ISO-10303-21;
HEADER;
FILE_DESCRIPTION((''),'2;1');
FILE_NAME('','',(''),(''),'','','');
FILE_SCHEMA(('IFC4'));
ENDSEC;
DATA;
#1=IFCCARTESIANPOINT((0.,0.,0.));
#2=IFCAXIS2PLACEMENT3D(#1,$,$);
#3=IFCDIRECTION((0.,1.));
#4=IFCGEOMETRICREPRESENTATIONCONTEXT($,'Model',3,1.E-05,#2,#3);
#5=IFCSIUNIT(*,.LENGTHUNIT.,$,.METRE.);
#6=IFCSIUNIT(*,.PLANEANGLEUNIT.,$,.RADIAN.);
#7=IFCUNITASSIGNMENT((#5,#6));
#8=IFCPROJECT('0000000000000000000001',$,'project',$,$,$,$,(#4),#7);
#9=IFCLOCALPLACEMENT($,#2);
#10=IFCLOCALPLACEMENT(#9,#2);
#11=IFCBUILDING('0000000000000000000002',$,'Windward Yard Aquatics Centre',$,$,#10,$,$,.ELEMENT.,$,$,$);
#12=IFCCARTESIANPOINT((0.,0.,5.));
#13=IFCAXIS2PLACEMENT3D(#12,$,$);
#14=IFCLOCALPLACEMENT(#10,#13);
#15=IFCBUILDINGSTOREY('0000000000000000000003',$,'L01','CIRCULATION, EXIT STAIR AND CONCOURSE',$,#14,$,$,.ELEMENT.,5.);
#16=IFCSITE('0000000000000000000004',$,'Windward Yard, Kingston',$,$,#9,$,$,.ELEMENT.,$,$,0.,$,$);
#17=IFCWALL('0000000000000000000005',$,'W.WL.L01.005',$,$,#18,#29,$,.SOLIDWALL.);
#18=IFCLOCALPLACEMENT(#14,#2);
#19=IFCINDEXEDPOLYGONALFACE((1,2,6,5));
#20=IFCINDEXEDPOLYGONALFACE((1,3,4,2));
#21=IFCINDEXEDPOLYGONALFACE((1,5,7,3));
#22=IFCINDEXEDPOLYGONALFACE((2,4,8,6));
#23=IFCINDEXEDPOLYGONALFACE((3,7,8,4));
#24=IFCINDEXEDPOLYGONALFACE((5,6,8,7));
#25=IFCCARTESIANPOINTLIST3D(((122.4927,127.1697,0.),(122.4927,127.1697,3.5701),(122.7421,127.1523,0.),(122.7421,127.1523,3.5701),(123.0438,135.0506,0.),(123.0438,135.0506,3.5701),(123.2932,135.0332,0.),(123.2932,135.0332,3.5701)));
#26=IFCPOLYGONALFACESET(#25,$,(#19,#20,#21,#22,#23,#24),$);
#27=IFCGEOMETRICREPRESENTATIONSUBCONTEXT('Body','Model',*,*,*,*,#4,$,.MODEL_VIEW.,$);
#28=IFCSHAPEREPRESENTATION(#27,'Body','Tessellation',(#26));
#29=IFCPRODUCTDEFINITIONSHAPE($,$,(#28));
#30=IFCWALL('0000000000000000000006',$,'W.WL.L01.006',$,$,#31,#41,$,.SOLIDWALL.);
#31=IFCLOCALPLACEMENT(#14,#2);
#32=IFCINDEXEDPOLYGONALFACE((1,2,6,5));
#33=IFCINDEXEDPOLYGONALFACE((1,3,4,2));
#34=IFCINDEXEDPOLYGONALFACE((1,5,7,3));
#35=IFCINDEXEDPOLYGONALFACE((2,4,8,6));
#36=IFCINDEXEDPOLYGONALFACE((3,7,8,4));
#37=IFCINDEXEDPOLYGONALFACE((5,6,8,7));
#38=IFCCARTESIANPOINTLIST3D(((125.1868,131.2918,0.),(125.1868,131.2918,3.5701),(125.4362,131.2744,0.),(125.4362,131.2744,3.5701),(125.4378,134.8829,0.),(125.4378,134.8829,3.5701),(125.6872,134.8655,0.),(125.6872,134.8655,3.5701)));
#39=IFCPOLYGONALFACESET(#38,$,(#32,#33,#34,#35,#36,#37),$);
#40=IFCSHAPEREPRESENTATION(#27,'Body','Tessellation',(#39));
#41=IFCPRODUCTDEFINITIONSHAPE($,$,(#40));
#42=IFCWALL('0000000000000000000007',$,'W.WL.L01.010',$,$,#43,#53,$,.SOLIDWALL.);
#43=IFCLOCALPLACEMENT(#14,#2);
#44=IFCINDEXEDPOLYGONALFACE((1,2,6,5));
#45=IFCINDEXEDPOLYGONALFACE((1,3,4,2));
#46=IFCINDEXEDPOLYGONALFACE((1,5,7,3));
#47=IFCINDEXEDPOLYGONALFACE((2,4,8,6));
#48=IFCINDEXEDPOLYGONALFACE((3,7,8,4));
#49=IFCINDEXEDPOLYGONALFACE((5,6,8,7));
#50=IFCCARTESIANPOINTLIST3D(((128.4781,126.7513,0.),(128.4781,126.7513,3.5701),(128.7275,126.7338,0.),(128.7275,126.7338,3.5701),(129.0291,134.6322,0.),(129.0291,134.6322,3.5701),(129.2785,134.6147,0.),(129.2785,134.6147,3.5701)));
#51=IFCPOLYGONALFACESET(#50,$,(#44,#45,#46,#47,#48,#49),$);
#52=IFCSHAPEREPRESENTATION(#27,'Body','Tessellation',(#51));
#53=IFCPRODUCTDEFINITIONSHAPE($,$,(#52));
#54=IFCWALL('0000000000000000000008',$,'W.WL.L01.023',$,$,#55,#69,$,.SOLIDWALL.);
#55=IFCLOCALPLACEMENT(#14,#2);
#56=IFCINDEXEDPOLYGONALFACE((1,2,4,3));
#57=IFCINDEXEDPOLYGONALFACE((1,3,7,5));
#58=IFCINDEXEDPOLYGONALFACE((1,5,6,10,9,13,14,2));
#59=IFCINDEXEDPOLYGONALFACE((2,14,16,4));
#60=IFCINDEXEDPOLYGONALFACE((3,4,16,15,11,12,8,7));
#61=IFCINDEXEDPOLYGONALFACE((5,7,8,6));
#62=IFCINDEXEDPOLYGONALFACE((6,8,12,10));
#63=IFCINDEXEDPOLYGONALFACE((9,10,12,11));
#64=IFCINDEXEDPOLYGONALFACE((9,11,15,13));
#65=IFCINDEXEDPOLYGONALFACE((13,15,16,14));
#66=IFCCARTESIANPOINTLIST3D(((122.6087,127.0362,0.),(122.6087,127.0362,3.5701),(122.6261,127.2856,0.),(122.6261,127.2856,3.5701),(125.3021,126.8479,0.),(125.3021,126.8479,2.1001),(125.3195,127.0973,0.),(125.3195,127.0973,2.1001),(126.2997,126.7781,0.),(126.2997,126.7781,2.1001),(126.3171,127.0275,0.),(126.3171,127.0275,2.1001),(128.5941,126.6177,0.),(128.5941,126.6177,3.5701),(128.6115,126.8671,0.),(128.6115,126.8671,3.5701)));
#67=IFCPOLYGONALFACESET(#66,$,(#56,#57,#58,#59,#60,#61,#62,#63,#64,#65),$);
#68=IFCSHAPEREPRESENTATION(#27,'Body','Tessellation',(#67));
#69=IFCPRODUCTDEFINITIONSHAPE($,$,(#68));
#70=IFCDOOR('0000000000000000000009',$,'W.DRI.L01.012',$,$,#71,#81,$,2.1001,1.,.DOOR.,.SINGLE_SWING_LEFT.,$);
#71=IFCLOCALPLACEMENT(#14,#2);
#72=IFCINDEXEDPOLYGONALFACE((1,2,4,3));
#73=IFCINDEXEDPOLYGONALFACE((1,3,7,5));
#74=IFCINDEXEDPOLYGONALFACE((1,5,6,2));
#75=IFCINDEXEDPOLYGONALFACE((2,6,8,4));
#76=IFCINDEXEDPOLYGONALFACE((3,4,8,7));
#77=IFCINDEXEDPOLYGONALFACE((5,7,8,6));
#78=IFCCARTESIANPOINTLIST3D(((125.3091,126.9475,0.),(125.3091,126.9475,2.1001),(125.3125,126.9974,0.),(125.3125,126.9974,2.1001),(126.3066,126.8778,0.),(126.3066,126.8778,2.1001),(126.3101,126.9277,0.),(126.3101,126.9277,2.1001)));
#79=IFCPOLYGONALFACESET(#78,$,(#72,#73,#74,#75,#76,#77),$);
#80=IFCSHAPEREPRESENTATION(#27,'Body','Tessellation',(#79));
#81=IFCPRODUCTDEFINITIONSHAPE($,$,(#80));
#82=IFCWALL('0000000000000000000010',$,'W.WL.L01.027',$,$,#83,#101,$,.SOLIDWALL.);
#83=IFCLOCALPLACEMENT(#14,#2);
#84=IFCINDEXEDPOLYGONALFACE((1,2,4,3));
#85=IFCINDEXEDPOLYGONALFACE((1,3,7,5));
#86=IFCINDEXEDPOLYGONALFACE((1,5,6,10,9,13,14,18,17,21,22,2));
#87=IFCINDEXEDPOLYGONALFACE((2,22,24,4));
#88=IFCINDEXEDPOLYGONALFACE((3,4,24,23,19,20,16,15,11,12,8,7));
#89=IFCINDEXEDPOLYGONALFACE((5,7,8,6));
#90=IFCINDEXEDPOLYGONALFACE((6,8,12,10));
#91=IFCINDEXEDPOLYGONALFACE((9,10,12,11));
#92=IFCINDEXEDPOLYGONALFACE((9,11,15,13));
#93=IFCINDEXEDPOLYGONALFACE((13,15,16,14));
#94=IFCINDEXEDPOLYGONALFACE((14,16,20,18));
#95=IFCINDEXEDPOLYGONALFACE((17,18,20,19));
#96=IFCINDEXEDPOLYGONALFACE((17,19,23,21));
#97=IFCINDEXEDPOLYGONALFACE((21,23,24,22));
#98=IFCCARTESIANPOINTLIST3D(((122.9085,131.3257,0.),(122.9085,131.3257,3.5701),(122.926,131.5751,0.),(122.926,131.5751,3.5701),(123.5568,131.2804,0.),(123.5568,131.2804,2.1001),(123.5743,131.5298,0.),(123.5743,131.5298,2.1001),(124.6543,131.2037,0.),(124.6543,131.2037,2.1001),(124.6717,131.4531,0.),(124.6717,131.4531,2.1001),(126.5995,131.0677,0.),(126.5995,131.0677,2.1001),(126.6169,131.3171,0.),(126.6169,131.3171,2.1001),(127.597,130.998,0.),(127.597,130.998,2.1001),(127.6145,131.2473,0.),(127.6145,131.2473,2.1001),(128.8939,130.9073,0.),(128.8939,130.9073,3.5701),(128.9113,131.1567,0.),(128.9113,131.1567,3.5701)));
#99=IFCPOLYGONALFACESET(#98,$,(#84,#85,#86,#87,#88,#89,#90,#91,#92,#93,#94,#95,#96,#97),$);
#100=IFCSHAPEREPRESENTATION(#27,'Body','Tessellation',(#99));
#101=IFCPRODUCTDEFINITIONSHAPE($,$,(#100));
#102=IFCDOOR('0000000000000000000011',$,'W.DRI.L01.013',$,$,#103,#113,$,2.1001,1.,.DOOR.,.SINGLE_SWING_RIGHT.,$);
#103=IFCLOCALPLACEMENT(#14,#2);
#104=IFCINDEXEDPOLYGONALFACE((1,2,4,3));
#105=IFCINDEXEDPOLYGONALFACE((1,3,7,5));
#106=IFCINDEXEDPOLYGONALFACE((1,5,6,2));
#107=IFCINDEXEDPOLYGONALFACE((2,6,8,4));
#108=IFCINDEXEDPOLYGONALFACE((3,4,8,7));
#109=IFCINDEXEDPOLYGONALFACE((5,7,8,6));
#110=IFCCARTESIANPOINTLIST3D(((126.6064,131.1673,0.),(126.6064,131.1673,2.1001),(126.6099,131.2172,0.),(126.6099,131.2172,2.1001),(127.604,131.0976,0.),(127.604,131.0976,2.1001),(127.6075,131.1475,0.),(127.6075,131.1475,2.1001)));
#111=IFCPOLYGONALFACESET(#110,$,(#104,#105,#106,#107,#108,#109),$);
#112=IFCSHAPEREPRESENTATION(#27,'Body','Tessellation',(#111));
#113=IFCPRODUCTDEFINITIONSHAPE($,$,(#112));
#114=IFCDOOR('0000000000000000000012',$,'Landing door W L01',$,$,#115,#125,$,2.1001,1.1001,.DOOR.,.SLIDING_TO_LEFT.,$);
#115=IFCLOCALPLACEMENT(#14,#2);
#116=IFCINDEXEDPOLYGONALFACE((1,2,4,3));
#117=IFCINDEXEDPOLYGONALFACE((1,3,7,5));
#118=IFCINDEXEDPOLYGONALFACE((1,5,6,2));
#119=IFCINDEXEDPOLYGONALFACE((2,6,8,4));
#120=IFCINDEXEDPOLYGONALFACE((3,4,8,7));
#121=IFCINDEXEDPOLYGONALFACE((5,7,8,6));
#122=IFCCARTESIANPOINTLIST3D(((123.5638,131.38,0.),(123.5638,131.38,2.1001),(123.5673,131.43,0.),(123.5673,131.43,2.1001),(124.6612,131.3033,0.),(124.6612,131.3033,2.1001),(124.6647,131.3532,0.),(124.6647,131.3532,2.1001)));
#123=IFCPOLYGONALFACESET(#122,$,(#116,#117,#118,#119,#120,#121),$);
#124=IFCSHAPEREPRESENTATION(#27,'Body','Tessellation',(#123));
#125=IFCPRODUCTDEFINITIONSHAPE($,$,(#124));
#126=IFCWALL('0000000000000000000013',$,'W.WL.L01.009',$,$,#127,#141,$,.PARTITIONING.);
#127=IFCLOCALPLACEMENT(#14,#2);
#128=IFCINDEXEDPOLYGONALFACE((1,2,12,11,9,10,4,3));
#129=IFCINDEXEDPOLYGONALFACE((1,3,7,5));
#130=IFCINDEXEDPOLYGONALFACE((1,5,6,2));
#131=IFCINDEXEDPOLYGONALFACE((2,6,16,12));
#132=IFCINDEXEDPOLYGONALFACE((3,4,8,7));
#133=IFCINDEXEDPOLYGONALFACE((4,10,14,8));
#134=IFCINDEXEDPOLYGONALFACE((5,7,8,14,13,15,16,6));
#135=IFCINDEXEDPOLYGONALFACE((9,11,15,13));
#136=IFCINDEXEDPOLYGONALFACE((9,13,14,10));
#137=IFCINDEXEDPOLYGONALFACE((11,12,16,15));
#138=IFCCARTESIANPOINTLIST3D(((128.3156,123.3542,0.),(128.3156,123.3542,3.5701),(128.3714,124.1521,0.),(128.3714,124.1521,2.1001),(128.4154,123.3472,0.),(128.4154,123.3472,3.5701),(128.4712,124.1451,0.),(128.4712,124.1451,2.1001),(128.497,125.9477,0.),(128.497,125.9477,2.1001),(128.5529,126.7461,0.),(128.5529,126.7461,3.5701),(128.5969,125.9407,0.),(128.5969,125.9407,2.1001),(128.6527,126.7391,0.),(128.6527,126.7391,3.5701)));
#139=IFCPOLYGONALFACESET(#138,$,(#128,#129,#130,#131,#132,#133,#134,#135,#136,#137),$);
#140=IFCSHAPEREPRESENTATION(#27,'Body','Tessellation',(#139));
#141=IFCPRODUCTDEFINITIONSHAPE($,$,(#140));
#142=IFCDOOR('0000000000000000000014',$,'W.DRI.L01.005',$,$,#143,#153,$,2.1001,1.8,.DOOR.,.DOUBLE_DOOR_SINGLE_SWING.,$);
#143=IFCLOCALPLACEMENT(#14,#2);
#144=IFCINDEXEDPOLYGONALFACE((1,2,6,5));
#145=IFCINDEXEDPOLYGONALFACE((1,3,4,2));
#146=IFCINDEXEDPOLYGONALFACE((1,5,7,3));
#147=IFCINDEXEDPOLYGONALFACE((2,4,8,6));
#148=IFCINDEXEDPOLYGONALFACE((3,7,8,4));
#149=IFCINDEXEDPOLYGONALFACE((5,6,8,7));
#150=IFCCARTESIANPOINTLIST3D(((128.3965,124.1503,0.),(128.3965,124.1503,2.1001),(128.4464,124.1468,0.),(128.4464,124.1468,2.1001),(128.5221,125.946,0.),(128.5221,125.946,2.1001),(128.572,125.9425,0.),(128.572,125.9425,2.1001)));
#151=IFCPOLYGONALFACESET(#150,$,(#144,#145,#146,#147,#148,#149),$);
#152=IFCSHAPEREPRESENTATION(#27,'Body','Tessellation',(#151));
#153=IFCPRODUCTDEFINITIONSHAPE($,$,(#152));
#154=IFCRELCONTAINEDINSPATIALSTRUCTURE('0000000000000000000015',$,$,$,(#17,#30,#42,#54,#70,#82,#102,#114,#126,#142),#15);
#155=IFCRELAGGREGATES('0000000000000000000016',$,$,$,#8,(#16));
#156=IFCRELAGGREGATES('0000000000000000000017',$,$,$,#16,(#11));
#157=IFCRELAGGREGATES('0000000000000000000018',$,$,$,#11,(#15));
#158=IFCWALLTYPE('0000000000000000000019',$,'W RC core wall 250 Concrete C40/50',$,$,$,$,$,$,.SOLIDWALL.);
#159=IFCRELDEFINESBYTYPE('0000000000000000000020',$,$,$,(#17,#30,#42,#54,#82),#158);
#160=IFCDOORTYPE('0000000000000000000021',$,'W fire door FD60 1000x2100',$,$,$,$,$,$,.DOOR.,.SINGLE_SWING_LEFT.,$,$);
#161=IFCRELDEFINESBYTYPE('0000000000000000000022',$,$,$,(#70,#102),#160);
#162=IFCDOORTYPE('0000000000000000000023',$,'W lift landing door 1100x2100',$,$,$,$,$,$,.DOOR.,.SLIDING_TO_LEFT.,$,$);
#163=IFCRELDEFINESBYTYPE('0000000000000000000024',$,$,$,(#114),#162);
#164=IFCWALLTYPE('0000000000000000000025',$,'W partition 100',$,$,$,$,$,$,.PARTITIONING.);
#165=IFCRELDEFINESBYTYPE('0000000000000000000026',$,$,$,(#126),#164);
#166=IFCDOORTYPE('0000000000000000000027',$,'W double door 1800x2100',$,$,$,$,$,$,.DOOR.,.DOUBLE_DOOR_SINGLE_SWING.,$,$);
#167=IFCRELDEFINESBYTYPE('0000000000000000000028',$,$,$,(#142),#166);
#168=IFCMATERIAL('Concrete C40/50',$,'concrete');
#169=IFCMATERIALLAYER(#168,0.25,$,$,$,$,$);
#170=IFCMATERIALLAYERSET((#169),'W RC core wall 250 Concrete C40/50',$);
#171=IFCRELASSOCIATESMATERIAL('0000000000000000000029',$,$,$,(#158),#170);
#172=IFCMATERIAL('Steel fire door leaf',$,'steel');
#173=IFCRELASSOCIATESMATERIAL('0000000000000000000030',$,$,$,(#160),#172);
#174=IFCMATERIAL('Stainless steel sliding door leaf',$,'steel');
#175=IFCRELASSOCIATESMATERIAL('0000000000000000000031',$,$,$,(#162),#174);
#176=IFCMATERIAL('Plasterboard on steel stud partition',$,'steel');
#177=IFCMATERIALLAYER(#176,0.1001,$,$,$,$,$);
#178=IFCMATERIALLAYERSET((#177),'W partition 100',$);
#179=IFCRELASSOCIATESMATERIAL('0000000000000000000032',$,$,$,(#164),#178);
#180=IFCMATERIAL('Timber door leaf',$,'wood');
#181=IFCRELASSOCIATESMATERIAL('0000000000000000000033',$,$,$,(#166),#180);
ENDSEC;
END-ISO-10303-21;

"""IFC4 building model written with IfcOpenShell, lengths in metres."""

from ifc_helpers import new_model, si_unit, direction, frame, frame_2d, origin, place, context, subcontext, project, spatial, rectangle, extrude, material, layer, layer_set, type_object, element, fill, save


model = new_model("IFC4")

# Units and contexts
model_context = context("Model", 3, precision=1e-05, world=origin(), true_north=direction((0.0, 1.0)))
body_context = subcontext(model_context, "Body", "Model", "MODEL_VIEW")
ifc_project = project(units=[si_unit("LENGTHUNIT", "METRE"), si_unit("PLANEANGLEUNIT", "RADIAN")], contexts=[model_context])

# Site, building, storey
site_placement = place(None, origin())
site = spatial("IfcSite", under=ifc_project, at=site_placement, Name="Windward Yard, Kingston", CompositionType="ELEMENT", RefElevation=0.0)
building_placement = place(site_placement, origin())
building = spatial("IfcBuilding", under=site, at=building_placement, Name="Windward Yard Aquatics Centre", CompositionType="ELEMENT")
storey_placement = place(building_placement, frame((0.0, 0.0, 5.0)))
storey = spatial("IfcBuildingStorey", under=building, at=storey_placement, Name="L01", Description="CIRCULATION, EXIT STAIR AND CONCOURSE", CompositionType="ELEMENT", Elevation=5.0)

# Shared definitions
ifc_material_1 = material(Name="Concrete C40/50", Category="concrete")

# Walls
ifc_layer_1 = layer(ifc_material_1, 0.25)
ifc_layer_set_1 = layer_set([ifc_layer_1], Name="W RC core wall 250 Concrete C40/50")
wall_type_1 = type_object("IfcWallType", Name="W RC core wall 250 Concrete C40/50", PredefinedType="SOLIDWALL", material=ifc_layer_set_1)
wall_1_placement = place(storey_placement, frame((122.6174, 127.1609, 0.0), z_axis=(0.0, 0.0, 1.0), x_axis=(0.069749, 0.997565, 0.0)))
element("IfcWall", 1, at=wall_1_placement, inside=storey, type_object=wall_type_1, Name="W.WL.L01.005", PredefinedType="SOLIDWALL", context=body_context, shape_type="SweptSolid", body=[
    extrude(rectangle(XDim=7.9001, YDim=0.25, at=frame_2d((3.9502, 0.0))), origin(), (0.0, 0.0, 1.0), 3.5701),
])
wall_2_placement = place(storey_placement, frame((125.3115, 131.2832, 0.0), z_axis=(0.0, 0.0, 1.0), x_axis=(0.069719, 0.997567, 0.0)))
element("IfcWall", 2, at=wall_2_placement, inside=storey, type_object=wall_type_1, Name="W.WL.L01.006", PredefinedType="SOLIDWALL", context=body_context, shape_type="SweptSolid", body=[
    extrude(rectangle(XDim=3.5999, YDim=0.25, at=frame_2d((1.7998, 0.0))), origin(), (0.0, 0.0, 1.0), 3.5701),
])
wall_3_placement = place(storey_placement, frame((128.6028, 126.7424, 0.0), z_axis=(0.0, 0.0, 1.0), x_axis=(0.069749, 0.997565, 0.0)))
element("IfcWall", 3, at=wall_3_placement, inside=storey, type_object=wall_type_1, Name="W.WL.L01.010", PredefinedType="SOLIDWALL", context=body_context, shape_type="SweptSolid", body=[
    extrude(rectangle(XDim=7.9001, YDim=0.25, at=frame_2d((3.9502, 0.0))), origin(), (0.0, 0.0, 1.0), 3.5701),
])

# Wall, opening, door
wall_4_placement = place(storey_placement, frame((122.6174, 127.1609, 0.0), z_axis=(0.0, 0.0, 1.0), x_axis=(0.997565, -0.069743, 0.0)))
wall_4 = element("IfcWall", 4, at=wall_4_placement, inside=storey, type_object=wall_type_1, Name="W.WL.L01.023", PredefinedType="SOLIDWALL", context=body_context, shape_type="SweptSolid", body=[
    extrude(rectangle(XDim=6.0, YDim=0.25, at=frame_2d((3.0, 0.0))), origin(), (0.0, 0.0, 1.0), 3.5701),
])
opening_1_placement = place(wall_4_placement, frame((2.7, 0.0, 0.0)))
opening_1 = element("IfcOpeningElement", 5, at=opening_1_placement, cuts=wall_4, PredefinedType="OPENING", context=body_context, shape_type="SweptSolid", body=[
    extrude(rectangle(XDim=1.0, YDim=2.1001, at=frame_2d((0.5, 1.05))), frame((0.0, 0.135, 0.0), z_axis=(0.0, -1.0, 0.0), x_axis=(1.0, 0.0, 0.0)), (0.0, 0.0, 1.0), 0.27),
])
ifc_material_2 = material(Name="Steel fire door leaf", Category="steel")
door_type_1 = type_object("IfcDoorType", Name="W fire door FD60 1000x2100", OperationType="SINGLE_SWING_LEFT", PredefinedType="DOOR", material=ifc_material_2)
door_1_placement = place(opening_1_placement, origin())
door_1 = element("IfcDoor", 6, at=door_1_placement, inside=storey, type_object=door_type_1, Name="W.DRI.L01.012", OperationType="SINGLE_SWING_LEFT", OverallHeight=2.1001, OverallWidth=1.0, PredefinedType="DOOR", context=body_context, shape_type="SweptSolid", body=[
    extrude(rectangle(XDim=1.0, YDim=2.1001, at=frame_2d((0.5, 1.05))), frame((0.0, 0.0249, 0.0), z_axis=(0.0, -1.0, 0.0), x_axis=(1.0, 0.0, 0.0)), (0.0, 0.0, 1.0), 0.05),
])
fill(opening_1, door_1)

# Wall, openings, doors
wall_5_placement = place(storey_placement, frame((122.9172, 131.4504, 0.0), z_axis=(0.0, 0.0, 1.0), x_axis=(0.997565, -0.069743, 0.0)))
wall_5 = element("IfcWall", 7, at=wall_5_placement, inside=storey, type_object=wall_type_1, Name="W.WL.L01.027", PredefinedType="SOLIDWALL", context=body_context, shape_type="SweptSolid", body=[
    extrude(rectangle(XDim=6.0, YDim=0.25, at=frame_2d((3.0, 0.0))), origin(), (0.0, 0.0, 1.0), 3.5701),
])
opening_2_placement = place(wall_5_placement, frame((3.7, 0.0, 0.0)))
opening_2 = element("IfcOpeningElement", 8, at=opening_2_placement, cuts=wall_5, PredefinedType="OPENING", context=body_context, shape_type="SweptSolid", body=[
    extrude(rectangle(XDim=1.0, YDim=2.1001, at=frame_2d((0.5, 1.05))), frame((0.0, 0.135, 0.0), z_axis=(0.0, -1.0, 0.0), x_axis=(1.0, 0.0, 0.0)), (0.0, 0.0, 1.0), 0.27),
])
opening_3_placement = place(wall_5_placement, frame((0.6499, 0.0, 0.0)))
opening_3 = element("IfcOpeningElement", 9, at=opening_3_placement, cuts=wall_5, PredefinedType="OPENING", context=body_context, shape_type="SweptSolid", body=[
    extrude(rectangle(XDim=1.1001, YDim=2.1001, at=frame_2d((0.55, 1.05))), frame((0.0, 0.135, 0.0), z_axis=(0.0, -1.0, 0.0), x_axis=(1.0, 0.0, 0.0)), (0.0, 0.0, 1.0), 0.27),
])
door_2_placement = place(opening_2_placement, origin())
door_2 = element("IfcDoor", 10, at=door_2_placement, inside=storey, type_object=door_type_1, Name="W.DRI.L01.013", OperationType="SINGLE_SWING_RIGHT", OverallHeight=2.1001, OverallWidth=1.0, PredefinedType="DOOR", context=body_context, shape_type="SweptSolid", body=[
    extrude(rectangle(XDim=1.0, YDim=2.1001, at=frame_2d((0.5, 1.05))), frame((0.0, 0.0249, 0.0), z_axis=(0.0, -1.0, 0.0), x_axis=(1.0, 0.0, 0.0)), (0.0, 0.0, 1.0), 0.05),
])
fill(opening_2, door_2)
ifc_material_3 = material(Name="Stainless steel sliding door leaf", Category="steel")
door_type_2 = type_object("IfcDoorType", Name="W lift landing door 1100x2100", OperationType="SLIDING_TO_LEFT", PredefinedType="DOOR", material=ifc_material_3)
door_3_placement = place(opening_3_placement, origin())
door_3 = element("IfcDoor", 11, at=door_3_placement, inside=storey, type_object=door_type_2, Name="Landing door W L01", OperationType="SLIDING_TO_LEFT", OverallHeight=2.1001, OverallWidth=1.1001, PredefinedType="DOOR", context=body_context, shape_type="SweptSolid", body=[
    extrude(rectangle(XDim=1.1001, YDim=2.1001, at=frame_2d((0.55, 1.05))), frame((0.0, 0.0249, 0.0), z_axis=(0.0, -1.0, 0.0), x_axis=(1.0, 0.0, 0.0)), (0.0, 0.0, 1.0), 0.05),
])
fill(opening_3, door_3)

# Wall, opening, door
ifc_material_4 = material(Name="Plasterboard on steel stud partition", Category="steel")
ifc_layer_2 = layer(ifc_material_4, 0.1001)
ifc_layer_set_2 = layer_set([ifc_layer_2], Name="W partition 100")
wall_type_2 = type_object("IfcWallType", Name="W partition 100", PredefinedType="PARTITIONING", material=ifc_layer_set_2)
wall_6_placement = place(storey_placement, frame((128.3655, 123.3506, 0.0), z_axis=(0.0, 0.0, 1.0), x_axis=(0.069793, 0.997562, 0.0)))
wall_6 = element("IfcWall", 12, at=wall_6_placement, inside=storey, type_object=wall_type_2, Name="W.WL.L01.009", PredefinedType="PARTITIONING", context=body_context, shape_type="SweptSolid", body=[
    extrude(rectangle(XDim=3.4001, YDim=0.1001, at=frame_2d((1.7002, 0.0))), origin(), (0.0, 0.0, 1.0), 3.5701),
])
opening_4_placement = place(wall_6_placement, frame((0.8, 0.0, 0.0)))
opening_4 = element("IfcOpeningElement", 13, at=opening_4_placement, cuts=wall_6, PredefinedType="OPENING", context=body_context, shape_type="SweptSolid", body=[
    extrude(rectangle(XDim=1.8, YDim=2.1001, at=frame_2d((0.8999, 1.05))), frame((0.0, 0.0601, 0.0), z_axis=(0.0, -1.0, 0.0), x_axis=(1.0, 0.0, 0.0)), (0.0, 0.0, 1.0), 0.1201),
])
ifc_material_5 = material(Name="Timber door leaf", Category="wood")
door_type_3 = type_object("IfcDoorType", Name="W double door 1800x2100", OperationType="DOUBLE_DOOR_SINGLE_SWING", PredefinedType="DOOR", material=ifc_material_5)
door_4_placement = place(opening_4_placement, origin())
door_4 = element("IfcDoor", 14, at=door_4_placement, inside=storey, type_object=door_type_3, Name="W.DRI.L01.005", OperationType="DOUBLE_DOOR_SINGLE_SWING", OverallHeight=2.1001, OverallWidth=1.8, PredefinedType="DOOR", context=body_context, shape_type="SweptSolid", body=[
    extrude(rectangle(XDim=1.8, YDim=2.1001, at=frame_2d((0.8999, 1.05))), frame((0.0, 0.0249, 0.0), z_axis=(0.0, -1.0, 0.0), x_axis=(1.0, 0.0, 0.0)), (0.0, 0.0, 1.0), 0.05),
])
fill(opening_4, door_4)

save(model, "model.ifc")
